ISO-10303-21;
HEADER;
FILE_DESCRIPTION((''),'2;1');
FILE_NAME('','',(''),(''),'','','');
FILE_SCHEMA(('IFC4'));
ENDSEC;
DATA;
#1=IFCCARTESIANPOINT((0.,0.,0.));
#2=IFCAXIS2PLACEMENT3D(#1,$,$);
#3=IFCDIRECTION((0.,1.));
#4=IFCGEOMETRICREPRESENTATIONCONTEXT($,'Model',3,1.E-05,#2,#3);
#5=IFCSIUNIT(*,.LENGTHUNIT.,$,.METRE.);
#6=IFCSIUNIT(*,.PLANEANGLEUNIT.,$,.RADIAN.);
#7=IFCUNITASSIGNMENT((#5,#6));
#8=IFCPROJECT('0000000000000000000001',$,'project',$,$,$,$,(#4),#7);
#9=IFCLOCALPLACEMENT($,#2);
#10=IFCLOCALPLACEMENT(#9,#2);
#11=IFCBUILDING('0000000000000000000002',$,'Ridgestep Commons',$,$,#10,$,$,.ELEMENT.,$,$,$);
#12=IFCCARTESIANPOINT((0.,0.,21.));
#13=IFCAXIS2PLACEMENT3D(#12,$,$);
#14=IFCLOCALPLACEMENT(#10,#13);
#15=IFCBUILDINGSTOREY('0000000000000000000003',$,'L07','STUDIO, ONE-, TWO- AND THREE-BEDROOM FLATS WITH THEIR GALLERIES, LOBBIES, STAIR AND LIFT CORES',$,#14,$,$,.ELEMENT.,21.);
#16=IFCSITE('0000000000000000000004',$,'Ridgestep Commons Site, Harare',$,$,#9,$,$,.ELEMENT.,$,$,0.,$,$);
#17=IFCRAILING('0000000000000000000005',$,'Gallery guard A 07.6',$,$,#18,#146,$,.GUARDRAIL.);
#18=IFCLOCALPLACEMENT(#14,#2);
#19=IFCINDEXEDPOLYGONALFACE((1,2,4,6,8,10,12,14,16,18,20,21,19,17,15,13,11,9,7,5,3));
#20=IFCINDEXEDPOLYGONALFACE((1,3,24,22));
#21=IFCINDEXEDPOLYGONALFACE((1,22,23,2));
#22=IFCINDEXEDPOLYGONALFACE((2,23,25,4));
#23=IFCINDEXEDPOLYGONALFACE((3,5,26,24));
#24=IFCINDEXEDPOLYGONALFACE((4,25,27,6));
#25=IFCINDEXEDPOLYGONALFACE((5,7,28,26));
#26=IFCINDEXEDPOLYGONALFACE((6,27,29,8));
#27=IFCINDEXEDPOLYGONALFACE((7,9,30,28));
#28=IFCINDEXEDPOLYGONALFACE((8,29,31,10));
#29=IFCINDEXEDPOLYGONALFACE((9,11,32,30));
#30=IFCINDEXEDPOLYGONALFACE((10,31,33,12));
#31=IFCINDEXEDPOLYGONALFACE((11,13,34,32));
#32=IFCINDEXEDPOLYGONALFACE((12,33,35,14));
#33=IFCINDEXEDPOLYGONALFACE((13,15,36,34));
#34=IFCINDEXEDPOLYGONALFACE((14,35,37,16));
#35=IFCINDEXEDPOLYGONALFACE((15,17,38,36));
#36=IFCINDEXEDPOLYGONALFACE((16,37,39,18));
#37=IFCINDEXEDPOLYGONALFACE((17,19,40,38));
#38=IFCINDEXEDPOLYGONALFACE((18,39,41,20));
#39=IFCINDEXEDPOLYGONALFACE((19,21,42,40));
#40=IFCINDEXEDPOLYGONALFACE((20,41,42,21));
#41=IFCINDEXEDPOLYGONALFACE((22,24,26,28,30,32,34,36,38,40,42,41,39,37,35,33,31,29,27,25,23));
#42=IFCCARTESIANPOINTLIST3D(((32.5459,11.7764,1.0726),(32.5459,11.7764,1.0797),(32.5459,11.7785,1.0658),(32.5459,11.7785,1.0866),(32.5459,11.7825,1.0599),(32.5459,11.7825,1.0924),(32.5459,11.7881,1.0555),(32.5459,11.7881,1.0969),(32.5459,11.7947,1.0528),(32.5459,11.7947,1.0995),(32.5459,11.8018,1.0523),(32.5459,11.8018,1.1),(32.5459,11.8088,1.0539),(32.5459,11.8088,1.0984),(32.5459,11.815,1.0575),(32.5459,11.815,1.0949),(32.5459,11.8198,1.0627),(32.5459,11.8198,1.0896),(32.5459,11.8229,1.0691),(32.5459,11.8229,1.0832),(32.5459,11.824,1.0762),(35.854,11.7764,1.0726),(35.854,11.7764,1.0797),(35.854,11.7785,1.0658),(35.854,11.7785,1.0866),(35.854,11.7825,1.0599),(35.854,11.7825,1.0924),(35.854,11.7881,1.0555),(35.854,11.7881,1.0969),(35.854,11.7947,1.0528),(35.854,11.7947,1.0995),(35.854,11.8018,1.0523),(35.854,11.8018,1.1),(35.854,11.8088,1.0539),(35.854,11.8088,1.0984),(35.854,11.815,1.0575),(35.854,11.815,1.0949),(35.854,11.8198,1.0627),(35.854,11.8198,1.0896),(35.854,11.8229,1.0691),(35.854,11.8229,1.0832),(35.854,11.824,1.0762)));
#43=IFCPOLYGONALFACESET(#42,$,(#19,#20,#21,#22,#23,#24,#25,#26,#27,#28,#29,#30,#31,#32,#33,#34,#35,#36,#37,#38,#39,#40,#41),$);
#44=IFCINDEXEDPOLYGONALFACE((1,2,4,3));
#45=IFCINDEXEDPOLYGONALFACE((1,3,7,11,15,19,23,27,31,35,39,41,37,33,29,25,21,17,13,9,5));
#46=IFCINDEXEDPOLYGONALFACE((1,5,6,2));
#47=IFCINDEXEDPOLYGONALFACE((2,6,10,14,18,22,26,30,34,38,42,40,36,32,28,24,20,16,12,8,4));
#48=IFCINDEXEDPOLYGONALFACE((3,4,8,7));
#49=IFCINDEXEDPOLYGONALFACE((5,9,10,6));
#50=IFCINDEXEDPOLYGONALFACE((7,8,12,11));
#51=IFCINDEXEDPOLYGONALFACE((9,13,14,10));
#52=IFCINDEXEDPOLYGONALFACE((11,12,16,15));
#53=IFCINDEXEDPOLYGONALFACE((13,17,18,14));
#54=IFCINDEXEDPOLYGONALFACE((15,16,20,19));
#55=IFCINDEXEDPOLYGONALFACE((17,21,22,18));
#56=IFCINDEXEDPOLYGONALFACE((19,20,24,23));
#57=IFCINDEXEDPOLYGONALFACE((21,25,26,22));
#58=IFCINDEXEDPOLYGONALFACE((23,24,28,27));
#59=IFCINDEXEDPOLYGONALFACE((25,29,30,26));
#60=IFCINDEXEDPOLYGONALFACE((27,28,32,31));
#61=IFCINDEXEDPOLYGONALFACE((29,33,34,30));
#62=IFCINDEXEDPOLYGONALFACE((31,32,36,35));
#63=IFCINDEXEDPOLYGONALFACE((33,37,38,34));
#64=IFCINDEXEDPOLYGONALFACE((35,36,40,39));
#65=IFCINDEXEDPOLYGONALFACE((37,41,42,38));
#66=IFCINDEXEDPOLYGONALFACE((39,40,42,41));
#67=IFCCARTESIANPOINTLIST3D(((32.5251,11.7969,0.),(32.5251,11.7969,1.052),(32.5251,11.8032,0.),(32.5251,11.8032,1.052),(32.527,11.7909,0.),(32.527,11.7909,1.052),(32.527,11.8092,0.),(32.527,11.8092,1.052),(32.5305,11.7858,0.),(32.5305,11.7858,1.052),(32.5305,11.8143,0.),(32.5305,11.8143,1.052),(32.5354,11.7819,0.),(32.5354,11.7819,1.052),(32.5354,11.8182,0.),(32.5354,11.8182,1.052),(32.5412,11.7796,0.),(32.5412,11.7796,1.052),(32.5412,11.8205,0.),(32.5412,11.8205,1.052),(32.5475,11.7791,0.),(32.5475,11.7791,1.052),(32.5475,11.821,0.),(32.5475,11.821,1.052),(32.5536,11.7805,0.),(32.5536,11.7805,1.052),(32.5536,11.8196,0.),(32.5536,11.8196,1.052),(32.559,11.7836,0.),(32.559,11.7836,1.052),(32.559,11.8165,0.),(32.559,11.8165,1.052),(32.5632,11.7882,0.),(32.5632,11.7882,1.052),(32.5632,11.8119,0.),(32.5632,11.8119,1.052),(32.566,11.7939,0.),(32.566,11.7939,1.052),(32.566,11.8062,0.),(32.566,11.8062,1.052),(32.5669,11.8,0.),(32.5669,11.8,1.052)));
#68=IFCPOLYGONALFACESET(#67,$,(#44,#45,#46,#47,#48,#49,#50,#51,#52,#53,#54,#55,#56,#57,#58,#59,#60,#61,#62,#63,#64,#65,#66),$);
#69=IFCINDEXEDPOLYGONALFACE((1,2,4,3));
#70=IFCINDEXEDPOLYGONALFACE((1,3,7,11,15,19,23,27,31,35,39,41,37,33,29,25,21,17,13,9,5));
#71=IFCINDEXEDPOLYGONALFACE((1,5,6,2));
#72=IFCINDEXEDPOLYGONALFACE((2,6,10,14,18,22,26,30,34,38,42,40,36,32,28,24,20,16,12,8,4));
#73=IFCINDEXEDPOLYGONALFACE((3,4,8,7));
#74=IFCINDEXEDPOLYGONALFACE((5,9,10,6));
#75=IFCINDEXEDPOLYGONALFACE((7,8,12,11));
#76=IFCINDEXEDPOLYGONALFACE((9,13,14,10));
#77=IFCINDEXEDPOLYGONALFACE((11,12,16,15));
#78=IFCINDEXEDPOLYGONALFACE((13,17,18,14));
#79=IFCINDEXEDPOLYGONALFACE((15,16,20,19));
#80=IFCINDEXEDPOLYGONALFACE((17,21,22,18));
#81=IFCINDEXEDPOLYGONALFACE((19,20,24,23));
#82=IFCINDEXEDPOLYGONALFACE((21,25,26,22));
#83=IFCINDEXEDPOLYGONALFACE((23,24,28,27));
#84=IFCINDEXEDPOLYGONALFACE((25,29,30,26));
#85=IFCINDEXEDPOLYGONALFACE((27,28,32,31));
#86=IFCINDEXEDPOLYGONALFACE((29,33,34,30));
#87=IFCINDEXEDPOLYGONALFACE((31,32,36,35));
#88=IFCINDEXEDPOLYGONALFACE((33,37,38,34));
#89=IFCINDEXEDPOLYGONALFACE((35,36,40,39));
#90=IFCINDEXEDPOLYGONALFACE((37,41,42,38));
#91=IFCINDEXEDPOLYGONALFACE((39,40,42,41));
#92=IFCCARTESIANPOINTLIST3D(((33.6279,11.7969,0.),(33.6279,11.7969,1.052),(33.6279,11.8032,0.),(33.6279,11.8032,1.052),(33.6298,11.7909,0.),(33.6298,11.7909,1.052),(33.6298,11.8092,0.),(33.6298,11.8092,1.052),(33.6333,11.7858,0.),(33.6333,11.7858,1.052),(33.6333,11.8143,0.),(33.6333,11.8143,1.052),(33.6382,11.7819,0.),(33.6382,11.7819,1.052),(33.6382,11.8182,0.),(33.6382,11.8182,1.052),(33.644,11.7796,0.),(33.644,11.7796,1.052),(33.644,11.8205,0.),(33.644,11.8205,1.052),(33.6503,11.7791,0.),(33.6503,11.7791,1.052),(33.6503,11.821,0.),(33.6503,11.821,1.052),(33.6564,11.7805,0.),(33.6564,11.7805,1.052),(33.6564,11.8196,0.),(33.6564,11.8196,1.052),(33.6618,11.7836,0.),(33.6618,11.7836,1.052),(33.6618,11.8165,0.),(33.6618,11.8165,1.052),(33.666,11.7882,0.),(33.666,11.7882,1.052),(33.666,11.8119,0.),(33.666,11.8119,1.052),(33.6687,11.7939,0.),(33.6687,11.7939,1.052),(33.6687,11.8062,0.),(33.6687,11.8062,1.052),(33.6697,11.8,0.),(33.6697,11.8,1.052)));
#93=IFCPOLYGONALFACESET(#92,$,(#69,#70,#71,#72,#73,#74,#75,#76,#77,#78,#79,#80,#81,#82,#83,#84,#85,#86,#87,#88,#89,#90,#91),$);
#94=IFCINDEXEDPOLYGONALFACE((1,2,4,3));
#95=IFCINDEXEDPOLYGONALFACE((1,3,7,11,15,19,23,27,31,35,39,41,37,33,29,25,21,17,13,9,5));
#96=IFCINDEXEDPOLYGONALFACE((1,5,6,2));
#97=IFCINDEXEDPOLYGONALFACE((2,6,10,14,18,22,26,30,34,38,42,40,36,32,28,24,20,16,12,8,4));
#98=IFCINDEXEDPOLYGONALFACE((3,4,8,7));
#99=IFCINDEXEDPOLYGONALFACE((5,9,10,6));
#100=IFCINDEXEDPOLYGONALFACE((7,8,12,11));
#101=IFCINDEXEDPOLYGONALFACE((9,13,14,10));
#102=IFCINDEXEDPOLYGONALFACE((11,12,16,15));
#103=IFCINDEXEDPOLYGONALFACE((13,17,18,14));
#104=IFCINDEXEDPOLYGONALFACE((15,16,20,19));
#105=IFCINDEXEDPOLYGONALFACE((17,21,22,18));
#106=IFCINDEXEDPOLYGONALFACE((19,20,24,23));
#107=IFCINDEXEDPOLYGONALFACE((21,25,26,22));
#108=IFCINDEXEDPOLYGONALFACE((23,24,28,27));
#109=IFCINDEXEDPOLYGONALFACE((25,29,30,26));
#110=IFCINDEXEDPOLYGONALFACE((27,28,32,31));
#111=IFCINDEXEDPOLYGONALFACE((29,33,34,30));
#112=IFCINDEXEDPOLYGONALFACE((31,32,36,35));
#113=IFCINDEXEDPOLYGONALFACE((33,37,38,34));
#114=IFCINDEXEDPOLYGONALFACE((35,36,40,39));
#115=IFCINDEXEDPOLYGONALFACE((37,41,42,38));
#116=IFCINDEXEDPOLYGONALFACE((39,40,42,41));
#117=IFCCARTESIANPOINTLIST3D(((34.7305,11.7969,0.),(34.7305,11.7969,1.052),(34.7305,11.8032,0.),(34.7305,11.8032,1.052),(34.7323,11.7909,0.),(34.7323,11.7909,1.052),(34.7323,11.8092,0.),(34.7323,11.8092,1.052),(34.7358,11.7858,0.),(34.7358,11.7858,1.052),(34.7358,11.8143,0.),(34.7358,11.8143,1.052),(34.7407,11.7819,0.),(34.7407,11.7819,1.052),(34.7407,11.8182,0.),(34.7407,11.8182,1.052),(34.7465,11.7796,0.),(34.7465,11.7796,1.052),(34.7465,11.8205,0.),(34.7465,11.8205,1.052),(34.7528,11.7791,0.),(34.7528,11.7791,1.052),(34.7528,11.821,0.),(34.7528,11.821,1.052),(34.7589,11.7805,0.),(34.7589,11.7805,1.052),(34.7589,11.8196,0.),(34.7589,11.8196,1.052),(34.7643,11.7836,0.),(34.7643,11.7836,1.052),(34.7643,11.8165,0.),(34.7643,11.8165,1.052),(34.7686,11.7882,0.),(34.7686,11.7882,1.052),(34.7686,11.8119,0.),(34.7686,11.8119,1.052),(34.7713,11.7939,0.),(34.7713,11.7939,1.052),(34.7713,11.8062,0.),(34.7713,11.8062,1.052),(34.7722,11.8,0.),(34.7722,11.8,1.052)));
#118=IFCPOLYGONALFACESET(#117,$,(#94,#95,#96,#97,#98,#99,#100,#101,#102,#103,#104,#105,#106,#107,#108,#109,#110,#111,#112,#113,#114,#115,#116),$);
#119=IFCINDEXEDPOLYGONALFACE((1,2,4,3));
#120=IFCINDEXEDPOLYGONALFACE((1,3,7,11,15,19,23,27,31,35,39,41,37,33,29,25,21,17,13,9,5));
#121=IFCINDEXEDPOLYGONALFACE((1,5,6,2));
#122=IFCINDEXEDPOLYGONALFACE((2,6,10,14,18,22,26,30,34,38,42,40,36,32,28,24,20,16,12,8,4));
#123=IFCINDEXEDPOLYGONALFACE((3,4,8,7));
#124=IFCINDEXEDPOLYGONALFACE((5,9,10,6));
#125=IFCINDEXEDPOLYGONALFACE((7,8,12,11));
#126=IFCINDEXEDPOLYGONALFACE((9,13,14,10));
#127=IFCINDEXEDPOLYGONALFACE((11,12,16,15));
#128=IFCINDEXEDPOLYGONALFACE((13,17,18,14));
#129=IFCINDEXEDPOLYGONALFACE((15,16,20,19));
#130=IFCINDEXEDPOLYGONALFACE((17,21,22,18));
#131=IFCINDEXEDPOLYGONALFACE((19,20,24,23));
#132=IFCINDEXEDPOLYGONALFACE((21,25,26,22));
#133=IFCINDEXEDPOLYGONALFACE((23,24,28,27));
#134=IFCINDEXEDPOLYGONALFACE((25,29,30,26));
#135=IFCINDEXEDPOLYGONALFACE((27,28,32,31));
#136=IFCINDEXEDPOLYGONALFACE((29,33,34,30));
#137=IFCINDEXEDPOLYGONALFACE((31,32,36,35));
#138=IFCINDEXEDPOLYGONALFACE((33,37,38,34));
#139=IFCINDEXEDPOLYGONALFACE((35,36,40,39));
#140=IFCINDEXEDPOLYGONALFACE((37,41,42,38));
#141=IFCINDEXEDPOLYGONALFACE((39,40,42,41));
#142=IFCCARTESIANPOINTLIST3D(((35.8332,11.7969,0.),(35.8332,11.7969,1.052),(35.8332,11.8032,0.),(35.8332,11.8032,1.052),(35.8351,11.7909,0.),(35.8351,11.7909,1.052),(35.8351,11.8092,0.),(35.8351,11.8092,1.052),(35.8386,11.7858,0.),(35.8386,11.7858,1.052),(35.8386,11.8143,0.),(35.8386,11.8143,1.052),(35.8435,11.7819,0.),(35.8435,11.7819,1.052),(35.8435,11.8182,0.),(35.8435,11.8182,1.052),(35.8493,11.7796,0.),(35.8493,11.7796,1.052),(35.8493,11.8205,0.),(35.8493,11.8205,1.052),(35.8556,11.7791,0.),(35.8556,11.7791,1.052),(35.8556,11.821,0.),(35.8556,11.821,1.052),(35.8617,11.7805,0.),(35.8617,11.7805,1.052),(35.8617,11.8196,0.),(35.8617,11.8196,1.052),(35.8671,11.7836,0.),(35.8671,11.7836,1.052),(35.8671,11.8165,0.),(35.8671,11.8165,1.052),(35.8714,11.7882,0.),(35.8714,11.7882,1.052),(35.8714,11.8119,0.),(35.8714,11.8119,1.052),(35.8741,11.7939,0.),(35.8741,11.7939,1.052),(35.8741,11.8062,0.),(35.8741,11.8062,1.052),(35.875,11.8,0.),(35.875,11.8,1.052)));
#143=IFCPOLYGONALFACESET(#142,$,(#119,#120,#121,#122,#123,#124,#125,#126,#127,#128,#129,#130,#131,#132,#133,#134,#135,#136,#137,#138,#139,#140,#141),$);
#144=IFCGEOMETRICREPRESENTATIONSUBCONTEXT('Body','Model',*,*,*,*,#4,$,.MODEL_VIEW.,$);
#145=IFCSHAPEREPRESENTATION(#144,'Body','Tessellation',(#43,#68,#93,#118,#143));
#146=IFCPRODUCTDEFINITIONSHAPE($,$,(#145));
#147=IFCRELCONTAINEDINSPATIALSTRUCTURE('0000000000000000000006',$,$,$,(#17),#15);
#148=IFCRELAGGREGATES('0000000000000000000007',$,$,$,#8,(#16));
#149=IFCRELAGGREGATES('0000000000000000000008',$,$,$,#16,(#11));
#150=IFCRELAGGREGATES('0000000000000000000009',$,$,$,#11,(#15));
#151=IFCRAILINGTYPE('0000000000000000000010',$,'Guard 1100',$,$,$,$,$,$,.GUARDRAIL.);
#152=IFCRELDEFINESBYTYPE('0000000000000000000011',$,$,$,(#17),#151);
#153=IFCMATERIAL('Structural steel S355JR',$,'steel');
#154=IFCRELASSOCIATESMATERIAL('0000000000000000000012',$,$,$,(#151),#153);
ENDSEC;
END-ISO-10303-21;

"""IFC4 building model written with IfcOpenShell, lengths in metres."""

from ifc_helpers import new_model, si_unit, direction, frame, origin, origin_2d, place, context, subcontext, project, spatial, circle, extrude, material, type_object, element, save


model = new_model("IFC4")

# Units and contexts
model_context = context("Model", 3, precision=1e-05, world=origin(), true_north=direction((0.0, 1.0)))
body_context = subcontext(model_context, "Body", "Model", "MODEL_VIEW")
ifc_project = project(units=[si_unit("LENGTHUNIT", "METRE"), si_unit("PLANEANGLEUNIT", "RADIAN")], contexts=[model_context])

# Site, building, storey
site_placement = place(None, origin())
site = spatial("IfcSite", under=ifc_project, at=site_placement, Name="Ridgestep Commons Site, Harare", CompositionType="ELEMENT", RefElevation=0.0)
building_placement = place(site_placement, origin())
building = spatial("IfcBuilding", under=site, at=building_placement, Name="Ridgestep Commons", CompositionType="ELEMENT")
storey_placement = place(building_placement, frame((0.0, 0.0, 21.0)))
storey = spatial("IfcBuildingStorey", under=building, at=storey_placement, Name="L07", Description="STUDIO, ONE-, TWO- AND THREE-BEDROOM FLATS WITH THEIR GALLERIES, LOBBIES, STAIR AND LIFT CORES", CompositionType="ELEMENT", Elevation=21.0)

# Railing
ifc_material_1 = material(Name="Structural steel S355JR", Category="steel")
railing_type = type_object("IfcRailingType", Name="Guard 1100", PredefinedType="GUARDRAIL", material=ifc_material_1)
for number, where, name in (
    (1, (32.5459, 11.8, 0.0), "Gallery guard A 07.6"),
):
    element("IfcRailing", number, at=place(storey_placement, frame(where)), inside=storey, type_object=railing_type, Name=name, PredefinedType="GUARDRAIL", context=body_context, shape_type="SweptSolid", body=[
        extrude(circle(Radius=0.0239, at=origin_2d()), frame((0.0, 0.0, 1.0762), z_axis=(1.0, 0.0, 0.0), x_axis=(0.0, 1.0, 0.0)), (0.0, 0.0, 1.0), 3.3081),
        extrude(circle(Radius=0.021, at=origin_2d()), origin(), (0.0, 0.0, 1.0), 1.052),
        extrude(circle(Radius=0.021, at=origin_2d()), frame((1.1028, 0.0, 0.0)), (0.0, 0.0, 1.0), 1.052),
        extrude(circle(Radius=0.021, at=origin_2d()), frame((2.2053, 0.0, 0.0)), (0.0, 0.0, 1.0), 1.052),
        extrude(circle(Radius=0.021, at=origin_2d()), frame((3.3081, 0.0, 0.0)), (0.0, 0.0, 1.0), 1.052),
    ])

save(model, "model.ifc")
